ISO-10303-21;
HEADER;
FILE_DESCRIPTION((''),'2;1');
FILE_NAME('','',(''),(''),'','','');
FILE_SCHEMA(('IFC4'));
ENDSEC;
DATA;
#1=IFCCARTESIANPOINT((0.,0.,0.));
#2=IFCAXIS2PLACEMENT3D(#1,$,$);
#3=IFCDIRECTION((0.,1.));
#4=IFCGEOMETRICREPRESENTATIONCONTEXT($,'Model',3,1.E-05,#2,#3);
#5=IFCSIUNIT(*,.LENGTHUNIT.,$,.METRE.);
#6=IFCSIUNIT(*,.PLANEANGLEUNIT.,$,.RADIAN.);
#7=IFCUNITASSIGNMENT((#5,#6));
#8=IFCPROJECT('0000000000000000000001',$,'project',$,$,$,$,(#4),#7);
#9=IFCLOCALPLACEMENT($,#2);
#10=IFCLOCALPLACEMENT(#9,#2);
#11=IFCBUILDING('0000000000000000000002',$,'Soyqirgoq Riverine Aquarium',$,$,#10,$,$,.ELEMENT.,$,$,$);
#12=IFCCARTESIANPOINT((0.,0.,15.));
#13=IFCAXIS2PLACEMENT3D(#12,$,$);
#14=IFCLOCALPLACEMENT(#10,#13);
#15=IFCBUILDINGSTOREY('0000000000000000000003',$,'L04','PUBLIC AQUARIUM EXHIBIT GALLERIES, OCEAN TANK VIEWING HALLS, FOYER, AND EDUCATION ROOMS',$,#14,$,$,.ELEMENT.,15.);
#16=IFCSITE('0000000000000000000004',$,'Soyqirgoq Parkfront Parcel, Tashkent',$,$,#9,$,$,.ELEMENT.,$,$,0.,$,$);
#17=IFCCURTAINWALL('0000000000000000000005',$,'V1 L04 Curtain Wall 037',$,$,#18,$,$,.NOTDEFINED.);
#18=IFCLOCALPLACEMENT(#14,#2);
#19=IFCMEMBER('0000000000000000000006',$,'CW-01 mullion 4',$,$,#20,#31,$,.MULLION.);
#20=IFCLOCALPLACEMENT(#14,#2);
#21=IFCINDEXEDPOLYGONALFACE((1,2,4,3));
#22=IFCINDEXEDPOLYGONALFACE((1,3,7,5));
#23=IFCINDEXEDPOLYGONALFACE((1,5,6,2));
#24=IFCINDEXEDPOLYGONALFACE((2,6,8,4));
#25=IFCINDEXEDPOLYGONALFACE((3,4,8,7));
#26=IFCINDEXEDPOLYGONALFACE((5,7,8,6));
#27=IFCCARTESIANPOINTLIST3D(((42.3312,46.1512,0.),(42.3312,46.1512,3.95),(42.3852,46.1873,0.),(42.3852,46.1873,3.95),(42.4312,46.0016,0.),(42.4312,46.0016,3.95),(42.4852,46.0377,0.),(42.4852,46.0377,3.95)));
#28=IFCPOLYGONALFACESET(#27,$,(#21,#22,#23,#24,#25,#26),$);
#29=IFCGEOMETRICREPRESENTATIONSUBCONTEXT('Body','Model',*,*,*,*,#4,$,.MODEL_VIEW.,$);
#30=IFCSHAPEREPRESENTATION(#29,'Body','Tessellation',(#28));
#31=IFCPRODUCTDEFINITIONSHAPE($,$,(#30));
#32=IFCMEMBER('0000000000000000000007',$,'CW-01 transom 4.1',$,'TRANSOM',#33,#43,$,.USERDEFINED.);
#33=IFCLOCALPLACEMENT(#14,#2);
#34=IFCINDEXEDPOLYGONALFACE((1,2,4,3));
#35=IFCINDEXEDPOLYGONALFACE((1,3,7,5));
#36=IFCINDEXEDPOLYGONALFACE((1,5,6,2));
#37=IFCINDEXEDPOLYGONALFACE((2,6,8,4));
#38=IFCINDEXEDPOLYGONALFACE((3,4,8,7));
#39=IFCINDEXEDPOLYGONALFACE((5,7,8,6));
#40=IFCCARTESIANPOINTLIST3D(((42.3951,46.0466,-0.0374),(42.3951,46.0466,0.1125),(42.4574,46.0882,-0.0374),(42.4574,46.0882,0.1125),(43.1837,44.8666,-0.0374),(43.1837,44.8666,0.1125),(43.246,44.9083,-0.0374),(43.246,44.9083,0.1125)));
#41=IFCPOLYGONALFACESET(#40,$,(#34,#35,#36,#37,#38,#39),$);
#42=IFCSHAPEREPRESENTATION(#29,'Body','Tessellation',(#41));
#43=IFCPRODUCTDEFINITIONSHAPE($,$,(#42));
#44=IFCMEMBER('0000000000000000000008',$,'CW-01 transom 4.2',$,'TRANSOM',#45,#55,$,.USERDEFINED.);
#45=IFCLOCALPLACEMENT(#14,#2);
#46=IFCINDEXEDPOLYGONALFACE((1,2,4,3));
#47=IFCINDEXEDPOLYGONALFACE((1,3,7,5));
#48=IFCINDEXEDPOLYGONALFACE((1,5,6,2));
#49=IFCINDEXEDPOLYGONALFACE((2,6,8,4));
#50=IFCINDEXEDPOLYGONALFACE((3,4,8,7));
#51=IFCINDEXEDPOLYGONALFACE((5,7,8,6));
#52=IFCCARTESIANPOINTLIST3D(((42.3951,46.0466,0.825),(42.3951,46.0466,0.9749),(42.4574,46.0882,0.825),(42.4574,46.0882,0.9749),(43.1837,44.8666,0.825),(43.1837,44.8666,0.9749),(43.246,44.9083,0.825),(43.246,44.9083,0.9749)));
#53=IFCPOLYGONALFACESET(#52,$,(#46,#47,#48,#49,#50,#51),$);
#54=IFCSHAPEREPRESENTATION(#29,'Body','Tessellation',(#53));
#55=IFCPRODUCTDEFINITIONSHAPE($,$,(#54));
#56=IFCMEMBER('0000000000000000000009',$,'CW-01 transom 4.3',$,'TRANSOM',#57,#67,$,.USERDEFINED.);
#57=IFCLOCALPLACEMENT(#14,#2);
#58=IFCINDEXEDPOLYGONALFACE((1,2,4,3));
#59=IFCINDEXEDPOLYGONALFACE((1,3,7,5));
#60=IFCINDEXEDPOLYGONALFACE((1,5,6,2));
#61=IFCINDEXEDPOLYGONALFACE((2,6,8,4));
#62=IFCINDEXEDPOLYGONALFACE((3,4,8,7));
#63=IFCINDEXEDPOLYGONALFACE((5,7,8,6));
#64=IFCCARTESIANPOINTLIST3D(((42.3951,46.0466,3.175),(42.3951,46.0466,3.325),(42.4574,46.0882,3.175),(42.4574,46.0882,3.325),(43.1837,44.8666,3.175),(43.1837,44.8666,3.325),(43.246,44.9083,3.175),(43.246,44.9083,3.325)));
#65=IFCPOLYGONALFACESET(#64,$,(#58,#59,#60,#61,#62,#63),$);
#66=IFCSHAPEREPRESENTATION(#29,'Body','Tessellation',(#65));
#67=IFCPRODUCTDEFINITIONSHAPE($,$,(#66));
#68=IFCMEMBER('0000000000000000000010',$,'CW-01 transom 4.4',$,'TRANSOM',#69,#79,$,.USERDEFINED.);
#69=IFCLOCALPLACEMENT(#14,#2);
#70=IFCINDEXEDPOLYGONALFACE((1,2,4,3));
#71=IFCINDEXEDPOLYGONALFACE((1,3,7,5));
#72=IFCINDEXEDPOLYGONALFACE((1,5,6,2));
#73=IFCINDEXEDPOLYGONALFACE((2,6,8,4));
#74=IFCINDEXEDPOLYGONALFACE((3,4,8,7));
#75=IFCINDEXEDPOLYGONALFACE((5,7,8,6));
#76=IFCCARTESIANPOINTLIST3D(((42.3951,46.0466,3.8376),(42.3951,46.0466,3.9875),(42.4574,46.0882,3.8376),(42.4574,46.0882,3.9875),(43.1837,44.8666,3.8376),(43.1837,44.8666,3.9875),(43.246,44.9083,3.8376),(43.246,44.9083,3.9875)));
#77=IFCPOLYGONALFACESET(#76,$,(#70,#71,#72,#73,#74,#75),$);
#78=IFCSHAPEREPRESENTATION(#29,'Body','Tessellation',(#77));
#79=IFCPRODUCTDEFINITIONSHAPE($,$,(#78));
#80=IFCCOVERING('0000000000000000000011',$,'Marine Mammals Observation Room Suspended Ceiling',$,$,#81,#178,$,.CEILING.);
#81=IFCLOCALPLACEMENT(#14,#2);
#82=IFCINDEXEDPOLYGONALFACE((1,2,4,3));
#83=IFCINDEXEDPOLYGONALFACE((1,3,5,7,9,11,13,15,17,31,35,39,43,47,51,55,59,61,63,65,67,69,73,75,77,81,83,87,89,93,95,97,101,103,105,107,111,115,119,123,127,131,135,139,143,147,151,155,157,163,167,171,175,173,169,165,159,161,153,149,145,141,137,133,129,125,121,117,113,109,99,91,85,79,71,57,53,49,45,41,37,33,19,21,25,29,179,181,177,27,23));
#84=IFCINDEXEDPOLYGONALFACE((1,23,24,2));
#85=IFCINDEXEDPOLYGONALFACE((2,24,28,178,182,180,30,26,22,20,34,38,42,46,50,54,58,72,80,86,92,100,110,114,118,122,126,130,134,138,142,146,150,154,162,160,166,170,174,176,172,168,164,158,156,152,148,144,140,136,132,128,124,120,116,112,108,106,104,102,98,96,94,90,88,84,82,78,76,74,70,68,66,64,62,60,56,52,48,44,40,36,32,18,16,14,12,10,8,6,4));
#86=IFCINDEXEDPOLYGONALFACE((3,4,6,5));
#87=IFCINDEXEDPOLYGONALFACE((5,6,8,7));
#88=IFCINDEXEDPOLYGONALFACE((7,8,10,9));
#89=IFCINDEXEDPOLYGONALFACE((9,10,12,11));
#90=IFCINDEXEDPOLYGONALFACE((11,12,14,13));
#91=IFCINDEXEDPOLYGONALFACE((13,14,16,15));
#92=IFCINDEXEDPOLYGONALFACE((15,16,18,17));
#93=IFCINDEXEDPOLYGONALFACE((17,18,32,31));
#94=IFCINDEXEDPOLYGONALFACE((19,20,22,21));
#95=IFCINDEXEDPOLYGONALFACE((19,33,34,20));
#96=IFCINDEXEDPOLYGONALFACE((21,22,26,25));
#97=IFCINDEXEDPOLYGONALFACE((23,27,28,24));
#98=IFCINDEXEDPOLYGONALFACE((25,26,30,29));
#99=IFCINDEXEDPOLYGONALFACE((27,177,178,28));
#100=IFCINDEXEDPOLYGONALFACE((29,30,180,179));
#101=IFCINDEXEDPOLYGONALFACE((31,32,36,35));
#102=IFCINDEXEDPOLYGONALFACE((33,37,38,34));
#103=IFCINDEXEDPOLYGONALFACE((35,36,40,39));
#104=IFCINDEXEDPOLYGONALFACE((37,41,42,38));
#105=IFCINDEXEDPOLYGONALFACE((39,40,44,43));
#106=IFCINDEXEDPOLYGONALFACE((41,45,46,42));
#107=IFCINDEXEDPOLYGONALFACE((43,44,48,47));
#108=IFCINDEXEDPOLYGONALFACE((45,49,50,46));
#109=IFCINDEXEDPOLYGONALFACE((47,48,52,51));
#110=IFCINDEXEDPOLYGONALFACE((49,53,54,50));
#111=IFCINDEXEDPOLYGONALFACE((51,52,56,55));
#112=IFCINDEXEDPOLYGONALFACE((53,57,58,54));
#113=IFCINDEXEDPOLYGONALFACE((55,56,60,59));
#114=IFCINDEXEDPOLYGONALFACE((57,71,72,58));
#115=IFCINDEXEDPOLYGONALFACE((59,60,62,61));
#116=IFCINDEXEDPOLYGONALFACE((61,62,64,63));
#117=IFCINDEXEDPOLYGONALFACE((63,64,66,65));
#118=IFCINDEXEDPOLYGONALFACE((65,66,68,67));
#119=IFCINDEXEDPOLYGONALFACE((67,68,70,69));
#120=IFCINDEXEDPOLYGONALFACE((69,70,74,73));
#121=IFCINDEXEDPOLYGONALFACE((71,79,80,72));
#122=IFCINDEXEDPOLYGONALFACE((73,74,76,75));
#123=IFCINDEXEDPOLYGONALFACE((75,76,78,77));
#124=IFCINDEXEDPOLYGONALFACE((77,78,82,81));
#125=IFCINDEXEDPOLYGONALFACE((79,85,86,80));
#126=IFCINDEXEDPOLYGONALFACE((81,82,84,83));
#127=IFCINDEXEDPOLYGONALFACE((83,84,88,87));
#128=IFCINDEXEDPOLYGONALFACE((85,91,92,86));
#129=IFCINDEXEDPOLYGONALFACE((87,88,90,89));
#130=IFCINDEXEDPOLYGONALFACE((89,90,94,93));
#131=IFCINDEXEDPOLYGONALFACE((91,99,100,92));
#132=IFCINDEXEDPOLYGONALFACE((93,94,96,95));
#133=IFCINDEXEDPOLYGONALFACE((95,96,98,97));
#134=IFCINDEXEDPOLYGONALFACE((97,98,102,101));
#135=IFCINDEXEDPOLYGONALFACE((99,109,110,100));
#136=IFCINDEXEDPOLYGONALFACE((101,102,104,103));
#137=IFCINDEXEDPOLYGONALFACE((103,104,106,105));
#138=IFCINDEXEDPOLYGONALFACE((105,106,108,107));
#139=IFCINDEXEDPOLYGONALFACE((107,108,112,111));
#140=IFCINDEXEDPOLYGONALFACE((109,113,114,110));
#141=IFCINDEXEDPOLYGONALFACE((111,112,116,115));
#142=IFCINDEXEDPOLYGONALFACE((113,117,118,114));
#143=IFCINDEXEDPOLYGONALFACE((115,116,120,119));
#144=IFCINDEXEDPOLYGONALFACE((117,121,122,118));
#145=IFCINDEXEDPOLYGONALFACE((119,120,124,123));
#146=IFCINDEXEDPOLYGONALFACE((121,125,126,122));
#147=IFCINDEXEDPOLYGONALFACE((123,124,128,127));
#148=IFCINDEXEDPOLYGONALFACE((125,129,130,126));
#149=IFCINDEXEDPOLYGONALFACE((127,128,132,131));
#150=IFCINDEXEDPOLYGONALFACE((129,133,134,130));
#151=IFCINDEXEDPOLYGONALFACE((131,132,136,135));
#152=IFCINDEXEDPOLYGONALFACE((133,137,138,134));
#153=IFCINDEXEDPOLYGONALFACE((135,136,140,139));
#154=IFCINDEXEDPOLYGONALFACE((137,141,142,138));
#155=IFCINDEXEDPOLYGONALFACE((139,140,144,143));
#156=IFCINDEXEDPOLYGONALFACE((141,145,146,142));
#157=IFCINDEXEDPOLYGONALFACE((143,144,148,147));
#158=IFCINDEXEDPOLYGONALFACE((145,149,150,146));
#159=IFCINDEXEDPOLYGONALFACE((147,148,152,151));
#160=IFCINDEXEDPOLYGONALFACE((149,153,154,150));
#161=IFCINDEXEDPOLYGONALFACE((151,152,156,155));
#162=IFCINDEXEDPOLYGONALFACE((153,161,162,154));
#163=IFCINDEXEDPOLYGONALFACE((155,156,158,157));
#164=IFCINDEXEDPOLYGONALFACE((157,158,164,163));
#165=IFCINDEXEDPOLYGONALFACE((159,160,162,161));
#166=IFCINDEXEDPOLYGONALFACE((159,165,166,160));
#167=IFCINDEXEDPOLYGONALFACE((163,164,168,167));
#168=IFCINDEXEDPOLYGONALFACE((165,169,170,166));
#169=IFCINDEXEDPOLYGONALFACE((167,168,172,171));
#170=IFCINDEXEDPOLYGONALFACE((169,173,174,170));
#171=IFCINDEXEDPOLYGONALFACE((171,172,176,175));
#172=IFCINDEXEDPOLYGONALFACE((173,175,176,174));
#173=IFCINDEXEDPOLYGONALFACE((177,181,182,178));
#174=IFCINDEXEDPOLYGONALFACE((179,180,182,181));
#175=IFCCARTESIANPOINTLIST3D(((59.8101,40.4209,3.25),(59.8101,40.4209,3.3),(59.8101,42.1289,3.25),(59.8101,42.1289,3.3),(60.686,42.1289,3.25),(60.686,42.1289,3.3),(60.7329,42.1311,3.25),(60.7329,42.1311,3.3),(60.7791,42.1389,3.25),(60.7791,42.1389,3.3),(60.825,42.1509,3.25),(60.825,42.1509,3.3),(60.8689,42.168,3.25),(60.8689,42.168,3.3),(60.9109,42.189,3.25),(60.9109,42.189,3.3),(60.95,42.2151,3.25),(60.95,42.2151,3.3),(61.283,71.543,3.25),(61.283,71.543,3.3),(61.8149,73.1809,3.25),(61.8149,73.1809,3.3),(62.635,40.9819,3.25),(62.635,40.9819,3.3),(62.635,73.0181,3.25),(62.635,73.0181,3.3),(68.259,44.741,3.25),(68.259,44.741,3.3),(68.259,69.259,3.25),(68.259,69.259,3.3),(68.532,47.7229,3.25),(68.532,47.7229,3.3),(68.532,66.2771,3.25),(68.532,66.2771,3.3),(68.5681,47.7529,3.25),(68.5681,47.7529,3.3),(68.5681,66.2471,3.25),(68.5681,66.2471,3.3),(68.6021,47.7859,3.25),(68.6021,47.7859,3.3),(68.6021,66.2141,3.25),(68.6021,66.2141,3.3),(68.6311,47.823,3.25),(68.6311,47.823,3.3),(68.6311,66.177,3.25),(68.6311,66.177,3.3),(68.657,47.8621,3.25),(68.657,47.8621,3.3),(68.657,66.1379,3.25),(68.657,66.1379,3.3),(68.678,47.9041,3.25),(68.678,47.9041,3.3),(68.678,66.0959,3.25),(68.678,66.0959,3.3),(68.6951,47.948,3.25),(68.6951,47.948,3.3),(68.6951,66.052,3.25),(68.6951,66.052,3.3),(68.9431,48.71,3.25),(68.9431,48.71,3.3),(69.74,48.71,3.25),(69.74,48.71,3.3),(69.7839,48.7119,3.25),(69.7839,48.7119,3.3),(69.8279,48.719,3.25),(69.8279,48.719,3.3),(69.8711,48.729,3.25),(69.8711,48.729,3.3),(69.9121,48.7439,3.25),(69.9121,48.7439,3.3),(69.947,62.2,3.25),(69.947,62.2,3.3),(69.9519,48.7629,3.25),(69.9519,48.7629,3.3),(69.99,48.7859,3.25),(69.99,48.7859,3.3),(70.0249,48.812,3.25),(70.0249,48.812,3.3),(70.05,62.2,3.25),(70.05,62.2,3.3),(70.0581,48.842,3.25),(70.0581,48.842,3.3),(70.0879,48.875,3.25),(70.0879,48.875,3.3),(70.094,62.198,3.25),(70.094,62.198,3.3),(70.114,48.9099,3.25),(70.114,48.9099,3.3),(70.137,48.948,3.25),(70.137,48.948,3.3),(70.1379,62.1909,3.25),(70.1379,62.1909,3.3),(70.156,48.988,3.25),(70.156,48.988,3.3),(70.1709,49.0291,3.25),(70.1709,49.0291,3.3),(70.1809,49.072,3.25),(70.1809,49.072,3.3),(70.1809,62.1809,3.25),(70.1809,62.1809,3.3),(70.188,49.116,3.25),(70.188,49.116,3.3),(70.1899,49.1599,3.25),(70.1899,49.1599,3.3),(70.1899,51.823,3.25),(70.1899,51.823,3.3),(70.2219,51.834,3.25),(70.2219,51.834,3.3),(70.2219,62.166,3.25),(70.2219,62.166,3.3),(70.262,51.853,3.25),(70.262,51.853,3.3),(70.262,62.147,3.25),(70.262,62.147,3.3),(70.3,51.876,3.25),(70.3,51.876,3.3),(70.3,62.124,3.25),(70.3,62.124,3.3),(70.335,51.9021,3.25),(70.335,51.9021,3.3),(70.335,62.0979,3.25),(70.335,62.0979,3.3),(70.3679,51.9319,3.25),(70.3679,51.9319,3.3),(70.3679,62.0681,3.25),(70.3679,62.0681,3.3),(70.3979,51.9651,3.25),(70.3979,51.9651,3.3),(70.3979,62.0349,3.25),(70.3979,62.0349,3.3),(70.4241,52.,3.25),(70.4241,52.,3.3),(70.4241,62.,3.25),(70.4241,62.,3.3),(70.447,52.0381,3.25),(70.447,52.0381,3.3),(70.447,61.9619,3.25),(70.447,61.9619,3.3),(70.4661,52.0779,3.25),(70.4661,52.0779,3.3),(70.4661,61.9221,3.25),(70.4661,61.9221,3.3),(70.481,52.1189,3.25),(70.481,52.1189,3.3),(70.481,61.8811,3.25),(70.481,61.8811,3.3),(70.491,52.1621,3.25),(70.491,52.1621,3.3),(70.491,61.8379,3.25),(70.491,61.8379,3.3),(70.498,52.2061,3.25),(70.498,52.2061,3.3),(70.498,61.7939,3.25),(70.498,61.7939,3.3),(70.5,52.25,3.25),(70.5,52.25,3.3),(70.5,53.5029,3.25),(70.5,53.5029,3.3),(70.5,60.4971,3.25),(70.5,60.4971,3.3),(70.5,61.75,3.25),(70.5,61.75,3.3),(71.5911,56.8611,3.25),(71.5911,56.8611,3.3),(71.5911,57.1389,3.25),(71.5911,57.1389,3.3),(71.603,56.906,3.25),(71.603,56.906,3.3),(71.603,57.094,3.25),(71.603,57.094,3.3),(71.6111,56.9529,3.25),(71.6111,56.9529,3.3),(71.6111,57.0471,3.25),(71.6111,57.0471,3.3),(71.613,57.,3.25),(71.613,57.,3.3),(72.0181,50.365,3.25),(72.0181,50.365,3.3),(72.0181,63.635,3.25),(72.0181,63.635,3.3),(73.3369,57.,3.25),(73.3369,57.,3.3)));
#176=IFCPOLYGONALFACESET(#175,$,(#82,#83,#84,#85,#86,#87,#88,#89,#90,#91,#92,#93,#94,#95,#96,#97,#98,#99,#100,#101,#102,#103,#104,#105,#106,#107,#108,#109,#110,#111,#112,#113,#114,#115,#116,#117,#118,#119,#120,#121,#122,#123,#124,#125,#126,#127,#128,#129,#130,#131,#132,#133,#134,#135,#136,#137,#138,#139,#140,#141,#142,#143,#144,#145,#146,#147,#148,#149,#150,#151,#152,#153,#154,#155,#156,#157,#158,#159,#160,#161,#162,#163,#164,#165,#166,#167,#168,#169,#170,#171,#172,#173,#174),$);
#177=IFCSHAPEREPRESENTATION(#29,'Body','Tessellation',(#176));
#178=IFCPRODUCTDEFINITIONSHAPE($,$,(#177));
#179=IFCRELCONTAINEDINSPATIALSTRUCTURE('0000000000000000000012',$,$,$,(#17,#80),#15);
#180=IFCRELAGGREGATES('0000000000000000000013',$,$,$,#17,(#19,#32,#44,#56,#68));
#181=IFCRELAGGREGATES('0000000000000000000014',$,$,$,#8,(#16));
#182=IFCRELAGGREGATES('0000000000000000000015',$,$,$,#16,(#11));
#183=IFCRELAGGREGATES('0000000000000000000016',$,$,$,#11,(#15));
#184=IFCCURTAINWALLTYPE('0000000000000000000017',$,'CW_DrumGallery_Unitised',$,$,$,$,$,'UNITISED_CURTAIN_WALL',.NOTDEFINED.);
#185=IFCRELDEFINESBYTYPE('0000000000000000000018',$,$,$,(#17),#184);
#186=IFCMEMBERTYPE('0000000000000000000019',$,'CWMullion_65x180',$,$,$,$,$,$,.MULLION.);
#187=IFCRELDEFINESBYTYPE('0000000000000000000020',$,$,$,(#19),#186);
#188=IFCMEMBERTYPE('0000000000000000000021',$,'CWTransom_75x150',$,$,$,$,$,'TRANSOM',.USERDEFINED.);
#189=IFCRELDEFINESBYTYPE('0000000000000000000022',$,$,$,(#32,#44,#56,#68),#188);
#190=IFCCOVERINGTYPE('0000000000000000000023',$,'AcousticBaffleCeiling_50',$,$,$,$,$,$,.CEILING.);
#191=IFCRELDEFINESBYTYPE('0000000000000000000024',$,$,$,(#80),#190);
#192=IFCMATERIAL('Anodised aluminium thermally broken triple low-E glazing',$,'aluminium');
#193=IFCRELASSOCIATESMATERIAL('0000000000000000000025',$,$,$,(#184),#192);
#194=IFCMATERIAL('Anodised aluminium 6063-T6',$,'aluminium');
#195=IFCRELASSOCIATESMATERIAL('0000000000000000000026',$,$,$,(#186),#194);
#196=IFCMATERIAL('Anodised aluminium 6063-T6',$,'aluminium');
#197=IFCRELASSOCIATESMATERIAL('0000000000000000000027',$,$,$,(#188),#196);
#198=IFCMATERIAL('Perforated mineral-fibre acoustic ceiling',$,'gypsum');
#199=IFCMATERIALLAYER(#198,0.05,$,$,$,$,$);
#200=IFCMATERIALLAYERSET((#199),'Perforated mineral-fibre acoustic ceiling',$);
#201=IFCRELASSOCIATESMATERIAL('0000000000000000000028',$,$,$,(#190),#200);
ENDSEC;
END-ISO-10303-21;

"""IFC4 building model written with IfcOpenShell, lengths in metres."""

from ifc_helpers import new_model, si_unit, direction, frame, origin, origin_2d, place, context, subcontext, project, spatial, polyline, rectangle, outline, extrude, material, layer, layer_set, material_profile, profile_set, type_object, element, aggregate, save


model = new_model("IFC4")

# Units and contexts
model_context = context("Model", 3, precision=1e-05, world=origin(), true_north=direction((0.0, 1.0)))
body_context = subcontext(model_context, "Body", "Model", "MODEL_VIEW")
ifc_project = project(units=[si_unit("LENGTHUNIT", "METRE"), si_unit("PLANEANGLEUNIT", "RADIAN")], contexts=[model_context])

# Site, building, storey
site_placement = place(None, origin())
site = spatial("IfcSite", under=ifc_project, at=site_placement, Name="Soyqirgoq Parkfront Parcel, Tashkent", CompositionType="ELEMENT", RefElevation=0.0)
building_placement = place(site_placement, origin())
building = spatial("IfcBuilding", under=site, at=building_placement, Name="Soyqirgoq Riverine Aquarium", CompositionType="ELEMENT")
storey_placement = place(building_placement, frame((0.0, 0.0, 15.0)))
storey = spatial("IfcBuildingStorey", under=building, at=storey_placement, Name="L04", Description="PUBLIC AQUARIUM EXHIBIT GALLERIES, OCEAN TANK VIEWING HALLS, FOYER, AND EDUCATION ROOMS", CompositionType="ELEMENT", Elevation=15.0)

# Curtain wall, members
ifc_material_1 = material(Name="Anodised aluminium thermally broken triple low-E glazing", Category="aluminium")
curtain_wall_type = type_object("IfcCurtainWallType", Name="CW_DrumGallery_Unitised", ElementType="UNITISED_CURTAIN_WALL", PredefinedType="NOTDEFINED", material=ifc_material_1)
curtain_wall_placement = place(storey_placement, origin())
curtain_wall = element("IfcCurtainWall", 1, at=curtain_wall_placement, inside=storey, type_object=curtain_wall_type, Name="V1 L04 Curtain Wall 037", PredefinedType="NOTDEFINED")
ifc_material_2 = material(Name="Anodised aluminium 6063-T6", Category="aluminium")
ifc_material_profile_1 = material_profile(ifc_material_2, rectangle(XDim=0.0649, YDim=0.1799, at=origin_2d()), Name="ALU-M 65x180")
ifc_profile_set_1 = profile_set([ifc_material_profile_1], Name="Anodised aluminium 6063-T6")
member_type_1 = type_object("IfcMemberType", Name="CWMullion_65x180", PredefinedType="MULLION", material=ifc_profile_set_1)
member_1_placement = place(storey_placement, frame((42.4082, 46.0945, 0.0), z_axis=(0.0, 0.0, 1.0), x_axis=(0.831464, 0.555579, 0.0)))
member_1 = element("IfcMember", 2, at=member_1_placement, type_object=member_type_1, Name="CW-01 mullion 4", PredefinedType="MULLION", context=body_context, shape_type="SweptSolid", body=[
    extrude(rectangle(XDim=0.0649, YDim=0.1799, at=origin_2d()), origin(), (0.0, 0.0, 1.0), 3.95),
])
ifc_material_3 = material(Name="Anodised aluminium 6063-T6", Category="aluminium")
ifc_material_profile_2 = material_profile(ifc_material_3, rectangle(XDim=0.075, YDim=0.1499, at=origin_2d()), Name="ALU-T 75x150")
ifc_profile_set_2 = profile_set([ifc_material_profile_2], Name="Anodised aluminium 6063-T6")
member_type_2 = type_object("IfcMemberType", Name="CWTransom_75x150", ElementType="TRANSOM", PredefinedType="USERDEFINED", material=ifc_profile_set_2)
member_2_placement = place(storey_placement, frame((42.4263, 46.0674, 0.0376), z_axis=(0.555653, -0.831415, 0.0), x_axis=(0.831415, 0.555653, 0.0)))
member_2 = element("IfcMember", 3, at=member_2_placement, type_object=member_type_2, Name="CW-01 transom 4.1", ObjectType="TRANSOM", PredefinedType="USERDEFINED", context=body_context, shape_type="SweptSolid", body=[
    extrude(rectangle(XDim=0.075, YDim=0.1499, at=origin_2d()), origin(), (0.0, 0.0, 1.0), 1.4192),
])
member_3_placement = place(storey_placement, frame((42.4263, 46.0674, 0.8999), z_axis=(0.555653, -0.831415, 0.0), x_axis=(0.831415, 0.555653, 0.0)))
member_3 = element("IfcMember", 4, at=member_3_placement, type_object=member_type_2, Name="CW-01 transom 4.2", ObjectType="TRANSOM", PredefinedType="USERDEFINED", context=body_context, shape_type="SweptSolid", body=[
    extrude(rectangle(XDim=0.075, YDim=0.1499, at=origin_2d()), origin(), (0.0, 0.0, 1.0), 1.4192),
])
member_4_placement = place(storey_placement, frame((42.4263, 46.0674, 3.25), z_axis=(0.555653, -0.831415, 0.0), x_axis=(0.831415, 0.555653, 0.0)))
member_4 = element("IfcMember", 5, at=member_4_placement, type_object=member_type_2, Name="CW-01 transom 4.3", ObjectType="TRANSOM", PredefinedType="USERDEFINED", context=body_context, shape_type="SweptSolid", body=[
    extrude(rectangle(XDim=0.075, YDim=0.1499, at=origin_2d()), origin(), (0.0, 0.0, 1.0), 1.4192),
])
member_5_placement = place(storey_placement, frame((42.4263, 46.0674, 3.9126), z_axis=(0.555653, -0.831415, 0.0), x_axis=(0.831415, 0.555653, 0.0)))
member_5 = element("IfcMember", 6, at=member_5_placement, type_object=member_type_2, Name="CW-01 transom 4.4", ObjectType="TRANSOM", PredefinedType="USERDEFINED", context=body_context, shape_type="SweptSolid", body=[
    extrude(rectangle(XDim=0.075, YDim=0.1499, at=origin_2d()), origin(), (0.0, 0.0, 1.0), 1.4192),
])
aggregate(curtain_wall, [member_1, member_2, member_3, member_4, member_5])

# Covering
ifc_material_4 = material(Name="Perforated mineral-fibre acoustic ceiling", Category="gypsum")
ifc_layer_1 = layer(ifc_material_4, 0.05)
ifc_layer_set_1 = layer_set([ifc_layer_1], Name="Perforated mineral-fibre acoustic ceiling")
covering_type_1 = type_object("IfcCoveringType", Name="AcousticBaffleCeiling_50", PredefinedType="CEILING", material=ifc_layer_set_1)
covering_1_placement = place(storey_placement, frame((0.0, 0.0, 3.25)))
element("IfcCovering", 7, at=covering_1_placement, inside=storey, type_object=covering_type_1, Name="Marine Mammals Observation Room Suspended Ceiling", PredefinedType="CEILING", context=body_context, shape_type="SweptSolid", body=[
    extrude(outline(polyline([(60.686, 42.1289), (60.7329, 42.1311), (60.7791, 42.1389), (60.825, 42.1509), (60.8689, 42.168), (60.9109, 42.189), (60.95, 42.2151), (68.532, 47.7229), (68.5681, 47.7529), (68.6021, 47.7859), (68.6311, 47.823), (68.657, 47.8621), (68.678, 47.9041), (68.6951, 47.948), (68.9431, 48.71), (69.74, 48.71), (69.7839, 48.7119), (69.8279, 48.719), (69.8711, 48.729), (69.9121, 48.7439), (69.9519, 48.7629), (69.99, 48.7859), (70.0249, 48.812), (70.0581, 48.842), (70.0879, 48.875), (70.114, 48.9099), (70.137, 48.948), (70.156, 48.988), (70.1709, 49.0291), (70.1809, 49.072), (70.188, 49.116), (70.1899, 49.1599), (70.1899, 51.823), (70.2219, 51.834), (70.262, 51.853), (70.3, 51.876), (70.335, 51.9021), (70.3679, 51.9319), (70.3979, 51.9651), (70.4241, 52.0), (70.447, 52.0381), (70.4661, 52.0779), (70.481, 52.1189), (70.491, 52.1621), (70.498, 52.2061), (70.5, 52.25), (70.5, 53.5029), (71.5911, 56.8611), (71.603, 56.906), (71.6111, 56.9529), (71.613, 57.0), (71.6111, 57.0471), (71.603, 57.094), (71.5911, 57.1389), (70.5, 60.4971), (70.5, 61.75), (70.498, 61.7939), (70.491, 61.8379), (70.481, 61.8811), (70.4661, 61.9221), (70.447, 61.9619), (70.4241, 62.0), (70.3979, 62.0349), (70.3679, 62.0681), (70.335, 62.0979), (70.3, 62.124), (70.262, 62.147), (70.2219, 62.166), (70.1809, 62.1809), (70.1379, 62.1909), (70.094, 62.198), (70.05, 62.2), (69.947, 62.2), (68.6951, 66.052), (68.678, 66.0959), (68.657, 66.1379), (68.6311, 66.177), (68.6021, 66.2141), (68.5681, 66.2471), (68.532, 66.2771), (61.283, 71.543), (61.8149, 73.1809), (62.635, 73.0181), (68.259, 69.259), (72.0181, 63.635), (73.3369, 57.0), (72.0181, 50.365), (68.259, 44.741), (62.635, 40.9819), (59.8101, 40.4209), (59.8101, 42.1289), (60.686, 42.1289)])), origin(), (0.0, 0.0, 1.0), 0.05),
])

save(model, "model.ifc")
